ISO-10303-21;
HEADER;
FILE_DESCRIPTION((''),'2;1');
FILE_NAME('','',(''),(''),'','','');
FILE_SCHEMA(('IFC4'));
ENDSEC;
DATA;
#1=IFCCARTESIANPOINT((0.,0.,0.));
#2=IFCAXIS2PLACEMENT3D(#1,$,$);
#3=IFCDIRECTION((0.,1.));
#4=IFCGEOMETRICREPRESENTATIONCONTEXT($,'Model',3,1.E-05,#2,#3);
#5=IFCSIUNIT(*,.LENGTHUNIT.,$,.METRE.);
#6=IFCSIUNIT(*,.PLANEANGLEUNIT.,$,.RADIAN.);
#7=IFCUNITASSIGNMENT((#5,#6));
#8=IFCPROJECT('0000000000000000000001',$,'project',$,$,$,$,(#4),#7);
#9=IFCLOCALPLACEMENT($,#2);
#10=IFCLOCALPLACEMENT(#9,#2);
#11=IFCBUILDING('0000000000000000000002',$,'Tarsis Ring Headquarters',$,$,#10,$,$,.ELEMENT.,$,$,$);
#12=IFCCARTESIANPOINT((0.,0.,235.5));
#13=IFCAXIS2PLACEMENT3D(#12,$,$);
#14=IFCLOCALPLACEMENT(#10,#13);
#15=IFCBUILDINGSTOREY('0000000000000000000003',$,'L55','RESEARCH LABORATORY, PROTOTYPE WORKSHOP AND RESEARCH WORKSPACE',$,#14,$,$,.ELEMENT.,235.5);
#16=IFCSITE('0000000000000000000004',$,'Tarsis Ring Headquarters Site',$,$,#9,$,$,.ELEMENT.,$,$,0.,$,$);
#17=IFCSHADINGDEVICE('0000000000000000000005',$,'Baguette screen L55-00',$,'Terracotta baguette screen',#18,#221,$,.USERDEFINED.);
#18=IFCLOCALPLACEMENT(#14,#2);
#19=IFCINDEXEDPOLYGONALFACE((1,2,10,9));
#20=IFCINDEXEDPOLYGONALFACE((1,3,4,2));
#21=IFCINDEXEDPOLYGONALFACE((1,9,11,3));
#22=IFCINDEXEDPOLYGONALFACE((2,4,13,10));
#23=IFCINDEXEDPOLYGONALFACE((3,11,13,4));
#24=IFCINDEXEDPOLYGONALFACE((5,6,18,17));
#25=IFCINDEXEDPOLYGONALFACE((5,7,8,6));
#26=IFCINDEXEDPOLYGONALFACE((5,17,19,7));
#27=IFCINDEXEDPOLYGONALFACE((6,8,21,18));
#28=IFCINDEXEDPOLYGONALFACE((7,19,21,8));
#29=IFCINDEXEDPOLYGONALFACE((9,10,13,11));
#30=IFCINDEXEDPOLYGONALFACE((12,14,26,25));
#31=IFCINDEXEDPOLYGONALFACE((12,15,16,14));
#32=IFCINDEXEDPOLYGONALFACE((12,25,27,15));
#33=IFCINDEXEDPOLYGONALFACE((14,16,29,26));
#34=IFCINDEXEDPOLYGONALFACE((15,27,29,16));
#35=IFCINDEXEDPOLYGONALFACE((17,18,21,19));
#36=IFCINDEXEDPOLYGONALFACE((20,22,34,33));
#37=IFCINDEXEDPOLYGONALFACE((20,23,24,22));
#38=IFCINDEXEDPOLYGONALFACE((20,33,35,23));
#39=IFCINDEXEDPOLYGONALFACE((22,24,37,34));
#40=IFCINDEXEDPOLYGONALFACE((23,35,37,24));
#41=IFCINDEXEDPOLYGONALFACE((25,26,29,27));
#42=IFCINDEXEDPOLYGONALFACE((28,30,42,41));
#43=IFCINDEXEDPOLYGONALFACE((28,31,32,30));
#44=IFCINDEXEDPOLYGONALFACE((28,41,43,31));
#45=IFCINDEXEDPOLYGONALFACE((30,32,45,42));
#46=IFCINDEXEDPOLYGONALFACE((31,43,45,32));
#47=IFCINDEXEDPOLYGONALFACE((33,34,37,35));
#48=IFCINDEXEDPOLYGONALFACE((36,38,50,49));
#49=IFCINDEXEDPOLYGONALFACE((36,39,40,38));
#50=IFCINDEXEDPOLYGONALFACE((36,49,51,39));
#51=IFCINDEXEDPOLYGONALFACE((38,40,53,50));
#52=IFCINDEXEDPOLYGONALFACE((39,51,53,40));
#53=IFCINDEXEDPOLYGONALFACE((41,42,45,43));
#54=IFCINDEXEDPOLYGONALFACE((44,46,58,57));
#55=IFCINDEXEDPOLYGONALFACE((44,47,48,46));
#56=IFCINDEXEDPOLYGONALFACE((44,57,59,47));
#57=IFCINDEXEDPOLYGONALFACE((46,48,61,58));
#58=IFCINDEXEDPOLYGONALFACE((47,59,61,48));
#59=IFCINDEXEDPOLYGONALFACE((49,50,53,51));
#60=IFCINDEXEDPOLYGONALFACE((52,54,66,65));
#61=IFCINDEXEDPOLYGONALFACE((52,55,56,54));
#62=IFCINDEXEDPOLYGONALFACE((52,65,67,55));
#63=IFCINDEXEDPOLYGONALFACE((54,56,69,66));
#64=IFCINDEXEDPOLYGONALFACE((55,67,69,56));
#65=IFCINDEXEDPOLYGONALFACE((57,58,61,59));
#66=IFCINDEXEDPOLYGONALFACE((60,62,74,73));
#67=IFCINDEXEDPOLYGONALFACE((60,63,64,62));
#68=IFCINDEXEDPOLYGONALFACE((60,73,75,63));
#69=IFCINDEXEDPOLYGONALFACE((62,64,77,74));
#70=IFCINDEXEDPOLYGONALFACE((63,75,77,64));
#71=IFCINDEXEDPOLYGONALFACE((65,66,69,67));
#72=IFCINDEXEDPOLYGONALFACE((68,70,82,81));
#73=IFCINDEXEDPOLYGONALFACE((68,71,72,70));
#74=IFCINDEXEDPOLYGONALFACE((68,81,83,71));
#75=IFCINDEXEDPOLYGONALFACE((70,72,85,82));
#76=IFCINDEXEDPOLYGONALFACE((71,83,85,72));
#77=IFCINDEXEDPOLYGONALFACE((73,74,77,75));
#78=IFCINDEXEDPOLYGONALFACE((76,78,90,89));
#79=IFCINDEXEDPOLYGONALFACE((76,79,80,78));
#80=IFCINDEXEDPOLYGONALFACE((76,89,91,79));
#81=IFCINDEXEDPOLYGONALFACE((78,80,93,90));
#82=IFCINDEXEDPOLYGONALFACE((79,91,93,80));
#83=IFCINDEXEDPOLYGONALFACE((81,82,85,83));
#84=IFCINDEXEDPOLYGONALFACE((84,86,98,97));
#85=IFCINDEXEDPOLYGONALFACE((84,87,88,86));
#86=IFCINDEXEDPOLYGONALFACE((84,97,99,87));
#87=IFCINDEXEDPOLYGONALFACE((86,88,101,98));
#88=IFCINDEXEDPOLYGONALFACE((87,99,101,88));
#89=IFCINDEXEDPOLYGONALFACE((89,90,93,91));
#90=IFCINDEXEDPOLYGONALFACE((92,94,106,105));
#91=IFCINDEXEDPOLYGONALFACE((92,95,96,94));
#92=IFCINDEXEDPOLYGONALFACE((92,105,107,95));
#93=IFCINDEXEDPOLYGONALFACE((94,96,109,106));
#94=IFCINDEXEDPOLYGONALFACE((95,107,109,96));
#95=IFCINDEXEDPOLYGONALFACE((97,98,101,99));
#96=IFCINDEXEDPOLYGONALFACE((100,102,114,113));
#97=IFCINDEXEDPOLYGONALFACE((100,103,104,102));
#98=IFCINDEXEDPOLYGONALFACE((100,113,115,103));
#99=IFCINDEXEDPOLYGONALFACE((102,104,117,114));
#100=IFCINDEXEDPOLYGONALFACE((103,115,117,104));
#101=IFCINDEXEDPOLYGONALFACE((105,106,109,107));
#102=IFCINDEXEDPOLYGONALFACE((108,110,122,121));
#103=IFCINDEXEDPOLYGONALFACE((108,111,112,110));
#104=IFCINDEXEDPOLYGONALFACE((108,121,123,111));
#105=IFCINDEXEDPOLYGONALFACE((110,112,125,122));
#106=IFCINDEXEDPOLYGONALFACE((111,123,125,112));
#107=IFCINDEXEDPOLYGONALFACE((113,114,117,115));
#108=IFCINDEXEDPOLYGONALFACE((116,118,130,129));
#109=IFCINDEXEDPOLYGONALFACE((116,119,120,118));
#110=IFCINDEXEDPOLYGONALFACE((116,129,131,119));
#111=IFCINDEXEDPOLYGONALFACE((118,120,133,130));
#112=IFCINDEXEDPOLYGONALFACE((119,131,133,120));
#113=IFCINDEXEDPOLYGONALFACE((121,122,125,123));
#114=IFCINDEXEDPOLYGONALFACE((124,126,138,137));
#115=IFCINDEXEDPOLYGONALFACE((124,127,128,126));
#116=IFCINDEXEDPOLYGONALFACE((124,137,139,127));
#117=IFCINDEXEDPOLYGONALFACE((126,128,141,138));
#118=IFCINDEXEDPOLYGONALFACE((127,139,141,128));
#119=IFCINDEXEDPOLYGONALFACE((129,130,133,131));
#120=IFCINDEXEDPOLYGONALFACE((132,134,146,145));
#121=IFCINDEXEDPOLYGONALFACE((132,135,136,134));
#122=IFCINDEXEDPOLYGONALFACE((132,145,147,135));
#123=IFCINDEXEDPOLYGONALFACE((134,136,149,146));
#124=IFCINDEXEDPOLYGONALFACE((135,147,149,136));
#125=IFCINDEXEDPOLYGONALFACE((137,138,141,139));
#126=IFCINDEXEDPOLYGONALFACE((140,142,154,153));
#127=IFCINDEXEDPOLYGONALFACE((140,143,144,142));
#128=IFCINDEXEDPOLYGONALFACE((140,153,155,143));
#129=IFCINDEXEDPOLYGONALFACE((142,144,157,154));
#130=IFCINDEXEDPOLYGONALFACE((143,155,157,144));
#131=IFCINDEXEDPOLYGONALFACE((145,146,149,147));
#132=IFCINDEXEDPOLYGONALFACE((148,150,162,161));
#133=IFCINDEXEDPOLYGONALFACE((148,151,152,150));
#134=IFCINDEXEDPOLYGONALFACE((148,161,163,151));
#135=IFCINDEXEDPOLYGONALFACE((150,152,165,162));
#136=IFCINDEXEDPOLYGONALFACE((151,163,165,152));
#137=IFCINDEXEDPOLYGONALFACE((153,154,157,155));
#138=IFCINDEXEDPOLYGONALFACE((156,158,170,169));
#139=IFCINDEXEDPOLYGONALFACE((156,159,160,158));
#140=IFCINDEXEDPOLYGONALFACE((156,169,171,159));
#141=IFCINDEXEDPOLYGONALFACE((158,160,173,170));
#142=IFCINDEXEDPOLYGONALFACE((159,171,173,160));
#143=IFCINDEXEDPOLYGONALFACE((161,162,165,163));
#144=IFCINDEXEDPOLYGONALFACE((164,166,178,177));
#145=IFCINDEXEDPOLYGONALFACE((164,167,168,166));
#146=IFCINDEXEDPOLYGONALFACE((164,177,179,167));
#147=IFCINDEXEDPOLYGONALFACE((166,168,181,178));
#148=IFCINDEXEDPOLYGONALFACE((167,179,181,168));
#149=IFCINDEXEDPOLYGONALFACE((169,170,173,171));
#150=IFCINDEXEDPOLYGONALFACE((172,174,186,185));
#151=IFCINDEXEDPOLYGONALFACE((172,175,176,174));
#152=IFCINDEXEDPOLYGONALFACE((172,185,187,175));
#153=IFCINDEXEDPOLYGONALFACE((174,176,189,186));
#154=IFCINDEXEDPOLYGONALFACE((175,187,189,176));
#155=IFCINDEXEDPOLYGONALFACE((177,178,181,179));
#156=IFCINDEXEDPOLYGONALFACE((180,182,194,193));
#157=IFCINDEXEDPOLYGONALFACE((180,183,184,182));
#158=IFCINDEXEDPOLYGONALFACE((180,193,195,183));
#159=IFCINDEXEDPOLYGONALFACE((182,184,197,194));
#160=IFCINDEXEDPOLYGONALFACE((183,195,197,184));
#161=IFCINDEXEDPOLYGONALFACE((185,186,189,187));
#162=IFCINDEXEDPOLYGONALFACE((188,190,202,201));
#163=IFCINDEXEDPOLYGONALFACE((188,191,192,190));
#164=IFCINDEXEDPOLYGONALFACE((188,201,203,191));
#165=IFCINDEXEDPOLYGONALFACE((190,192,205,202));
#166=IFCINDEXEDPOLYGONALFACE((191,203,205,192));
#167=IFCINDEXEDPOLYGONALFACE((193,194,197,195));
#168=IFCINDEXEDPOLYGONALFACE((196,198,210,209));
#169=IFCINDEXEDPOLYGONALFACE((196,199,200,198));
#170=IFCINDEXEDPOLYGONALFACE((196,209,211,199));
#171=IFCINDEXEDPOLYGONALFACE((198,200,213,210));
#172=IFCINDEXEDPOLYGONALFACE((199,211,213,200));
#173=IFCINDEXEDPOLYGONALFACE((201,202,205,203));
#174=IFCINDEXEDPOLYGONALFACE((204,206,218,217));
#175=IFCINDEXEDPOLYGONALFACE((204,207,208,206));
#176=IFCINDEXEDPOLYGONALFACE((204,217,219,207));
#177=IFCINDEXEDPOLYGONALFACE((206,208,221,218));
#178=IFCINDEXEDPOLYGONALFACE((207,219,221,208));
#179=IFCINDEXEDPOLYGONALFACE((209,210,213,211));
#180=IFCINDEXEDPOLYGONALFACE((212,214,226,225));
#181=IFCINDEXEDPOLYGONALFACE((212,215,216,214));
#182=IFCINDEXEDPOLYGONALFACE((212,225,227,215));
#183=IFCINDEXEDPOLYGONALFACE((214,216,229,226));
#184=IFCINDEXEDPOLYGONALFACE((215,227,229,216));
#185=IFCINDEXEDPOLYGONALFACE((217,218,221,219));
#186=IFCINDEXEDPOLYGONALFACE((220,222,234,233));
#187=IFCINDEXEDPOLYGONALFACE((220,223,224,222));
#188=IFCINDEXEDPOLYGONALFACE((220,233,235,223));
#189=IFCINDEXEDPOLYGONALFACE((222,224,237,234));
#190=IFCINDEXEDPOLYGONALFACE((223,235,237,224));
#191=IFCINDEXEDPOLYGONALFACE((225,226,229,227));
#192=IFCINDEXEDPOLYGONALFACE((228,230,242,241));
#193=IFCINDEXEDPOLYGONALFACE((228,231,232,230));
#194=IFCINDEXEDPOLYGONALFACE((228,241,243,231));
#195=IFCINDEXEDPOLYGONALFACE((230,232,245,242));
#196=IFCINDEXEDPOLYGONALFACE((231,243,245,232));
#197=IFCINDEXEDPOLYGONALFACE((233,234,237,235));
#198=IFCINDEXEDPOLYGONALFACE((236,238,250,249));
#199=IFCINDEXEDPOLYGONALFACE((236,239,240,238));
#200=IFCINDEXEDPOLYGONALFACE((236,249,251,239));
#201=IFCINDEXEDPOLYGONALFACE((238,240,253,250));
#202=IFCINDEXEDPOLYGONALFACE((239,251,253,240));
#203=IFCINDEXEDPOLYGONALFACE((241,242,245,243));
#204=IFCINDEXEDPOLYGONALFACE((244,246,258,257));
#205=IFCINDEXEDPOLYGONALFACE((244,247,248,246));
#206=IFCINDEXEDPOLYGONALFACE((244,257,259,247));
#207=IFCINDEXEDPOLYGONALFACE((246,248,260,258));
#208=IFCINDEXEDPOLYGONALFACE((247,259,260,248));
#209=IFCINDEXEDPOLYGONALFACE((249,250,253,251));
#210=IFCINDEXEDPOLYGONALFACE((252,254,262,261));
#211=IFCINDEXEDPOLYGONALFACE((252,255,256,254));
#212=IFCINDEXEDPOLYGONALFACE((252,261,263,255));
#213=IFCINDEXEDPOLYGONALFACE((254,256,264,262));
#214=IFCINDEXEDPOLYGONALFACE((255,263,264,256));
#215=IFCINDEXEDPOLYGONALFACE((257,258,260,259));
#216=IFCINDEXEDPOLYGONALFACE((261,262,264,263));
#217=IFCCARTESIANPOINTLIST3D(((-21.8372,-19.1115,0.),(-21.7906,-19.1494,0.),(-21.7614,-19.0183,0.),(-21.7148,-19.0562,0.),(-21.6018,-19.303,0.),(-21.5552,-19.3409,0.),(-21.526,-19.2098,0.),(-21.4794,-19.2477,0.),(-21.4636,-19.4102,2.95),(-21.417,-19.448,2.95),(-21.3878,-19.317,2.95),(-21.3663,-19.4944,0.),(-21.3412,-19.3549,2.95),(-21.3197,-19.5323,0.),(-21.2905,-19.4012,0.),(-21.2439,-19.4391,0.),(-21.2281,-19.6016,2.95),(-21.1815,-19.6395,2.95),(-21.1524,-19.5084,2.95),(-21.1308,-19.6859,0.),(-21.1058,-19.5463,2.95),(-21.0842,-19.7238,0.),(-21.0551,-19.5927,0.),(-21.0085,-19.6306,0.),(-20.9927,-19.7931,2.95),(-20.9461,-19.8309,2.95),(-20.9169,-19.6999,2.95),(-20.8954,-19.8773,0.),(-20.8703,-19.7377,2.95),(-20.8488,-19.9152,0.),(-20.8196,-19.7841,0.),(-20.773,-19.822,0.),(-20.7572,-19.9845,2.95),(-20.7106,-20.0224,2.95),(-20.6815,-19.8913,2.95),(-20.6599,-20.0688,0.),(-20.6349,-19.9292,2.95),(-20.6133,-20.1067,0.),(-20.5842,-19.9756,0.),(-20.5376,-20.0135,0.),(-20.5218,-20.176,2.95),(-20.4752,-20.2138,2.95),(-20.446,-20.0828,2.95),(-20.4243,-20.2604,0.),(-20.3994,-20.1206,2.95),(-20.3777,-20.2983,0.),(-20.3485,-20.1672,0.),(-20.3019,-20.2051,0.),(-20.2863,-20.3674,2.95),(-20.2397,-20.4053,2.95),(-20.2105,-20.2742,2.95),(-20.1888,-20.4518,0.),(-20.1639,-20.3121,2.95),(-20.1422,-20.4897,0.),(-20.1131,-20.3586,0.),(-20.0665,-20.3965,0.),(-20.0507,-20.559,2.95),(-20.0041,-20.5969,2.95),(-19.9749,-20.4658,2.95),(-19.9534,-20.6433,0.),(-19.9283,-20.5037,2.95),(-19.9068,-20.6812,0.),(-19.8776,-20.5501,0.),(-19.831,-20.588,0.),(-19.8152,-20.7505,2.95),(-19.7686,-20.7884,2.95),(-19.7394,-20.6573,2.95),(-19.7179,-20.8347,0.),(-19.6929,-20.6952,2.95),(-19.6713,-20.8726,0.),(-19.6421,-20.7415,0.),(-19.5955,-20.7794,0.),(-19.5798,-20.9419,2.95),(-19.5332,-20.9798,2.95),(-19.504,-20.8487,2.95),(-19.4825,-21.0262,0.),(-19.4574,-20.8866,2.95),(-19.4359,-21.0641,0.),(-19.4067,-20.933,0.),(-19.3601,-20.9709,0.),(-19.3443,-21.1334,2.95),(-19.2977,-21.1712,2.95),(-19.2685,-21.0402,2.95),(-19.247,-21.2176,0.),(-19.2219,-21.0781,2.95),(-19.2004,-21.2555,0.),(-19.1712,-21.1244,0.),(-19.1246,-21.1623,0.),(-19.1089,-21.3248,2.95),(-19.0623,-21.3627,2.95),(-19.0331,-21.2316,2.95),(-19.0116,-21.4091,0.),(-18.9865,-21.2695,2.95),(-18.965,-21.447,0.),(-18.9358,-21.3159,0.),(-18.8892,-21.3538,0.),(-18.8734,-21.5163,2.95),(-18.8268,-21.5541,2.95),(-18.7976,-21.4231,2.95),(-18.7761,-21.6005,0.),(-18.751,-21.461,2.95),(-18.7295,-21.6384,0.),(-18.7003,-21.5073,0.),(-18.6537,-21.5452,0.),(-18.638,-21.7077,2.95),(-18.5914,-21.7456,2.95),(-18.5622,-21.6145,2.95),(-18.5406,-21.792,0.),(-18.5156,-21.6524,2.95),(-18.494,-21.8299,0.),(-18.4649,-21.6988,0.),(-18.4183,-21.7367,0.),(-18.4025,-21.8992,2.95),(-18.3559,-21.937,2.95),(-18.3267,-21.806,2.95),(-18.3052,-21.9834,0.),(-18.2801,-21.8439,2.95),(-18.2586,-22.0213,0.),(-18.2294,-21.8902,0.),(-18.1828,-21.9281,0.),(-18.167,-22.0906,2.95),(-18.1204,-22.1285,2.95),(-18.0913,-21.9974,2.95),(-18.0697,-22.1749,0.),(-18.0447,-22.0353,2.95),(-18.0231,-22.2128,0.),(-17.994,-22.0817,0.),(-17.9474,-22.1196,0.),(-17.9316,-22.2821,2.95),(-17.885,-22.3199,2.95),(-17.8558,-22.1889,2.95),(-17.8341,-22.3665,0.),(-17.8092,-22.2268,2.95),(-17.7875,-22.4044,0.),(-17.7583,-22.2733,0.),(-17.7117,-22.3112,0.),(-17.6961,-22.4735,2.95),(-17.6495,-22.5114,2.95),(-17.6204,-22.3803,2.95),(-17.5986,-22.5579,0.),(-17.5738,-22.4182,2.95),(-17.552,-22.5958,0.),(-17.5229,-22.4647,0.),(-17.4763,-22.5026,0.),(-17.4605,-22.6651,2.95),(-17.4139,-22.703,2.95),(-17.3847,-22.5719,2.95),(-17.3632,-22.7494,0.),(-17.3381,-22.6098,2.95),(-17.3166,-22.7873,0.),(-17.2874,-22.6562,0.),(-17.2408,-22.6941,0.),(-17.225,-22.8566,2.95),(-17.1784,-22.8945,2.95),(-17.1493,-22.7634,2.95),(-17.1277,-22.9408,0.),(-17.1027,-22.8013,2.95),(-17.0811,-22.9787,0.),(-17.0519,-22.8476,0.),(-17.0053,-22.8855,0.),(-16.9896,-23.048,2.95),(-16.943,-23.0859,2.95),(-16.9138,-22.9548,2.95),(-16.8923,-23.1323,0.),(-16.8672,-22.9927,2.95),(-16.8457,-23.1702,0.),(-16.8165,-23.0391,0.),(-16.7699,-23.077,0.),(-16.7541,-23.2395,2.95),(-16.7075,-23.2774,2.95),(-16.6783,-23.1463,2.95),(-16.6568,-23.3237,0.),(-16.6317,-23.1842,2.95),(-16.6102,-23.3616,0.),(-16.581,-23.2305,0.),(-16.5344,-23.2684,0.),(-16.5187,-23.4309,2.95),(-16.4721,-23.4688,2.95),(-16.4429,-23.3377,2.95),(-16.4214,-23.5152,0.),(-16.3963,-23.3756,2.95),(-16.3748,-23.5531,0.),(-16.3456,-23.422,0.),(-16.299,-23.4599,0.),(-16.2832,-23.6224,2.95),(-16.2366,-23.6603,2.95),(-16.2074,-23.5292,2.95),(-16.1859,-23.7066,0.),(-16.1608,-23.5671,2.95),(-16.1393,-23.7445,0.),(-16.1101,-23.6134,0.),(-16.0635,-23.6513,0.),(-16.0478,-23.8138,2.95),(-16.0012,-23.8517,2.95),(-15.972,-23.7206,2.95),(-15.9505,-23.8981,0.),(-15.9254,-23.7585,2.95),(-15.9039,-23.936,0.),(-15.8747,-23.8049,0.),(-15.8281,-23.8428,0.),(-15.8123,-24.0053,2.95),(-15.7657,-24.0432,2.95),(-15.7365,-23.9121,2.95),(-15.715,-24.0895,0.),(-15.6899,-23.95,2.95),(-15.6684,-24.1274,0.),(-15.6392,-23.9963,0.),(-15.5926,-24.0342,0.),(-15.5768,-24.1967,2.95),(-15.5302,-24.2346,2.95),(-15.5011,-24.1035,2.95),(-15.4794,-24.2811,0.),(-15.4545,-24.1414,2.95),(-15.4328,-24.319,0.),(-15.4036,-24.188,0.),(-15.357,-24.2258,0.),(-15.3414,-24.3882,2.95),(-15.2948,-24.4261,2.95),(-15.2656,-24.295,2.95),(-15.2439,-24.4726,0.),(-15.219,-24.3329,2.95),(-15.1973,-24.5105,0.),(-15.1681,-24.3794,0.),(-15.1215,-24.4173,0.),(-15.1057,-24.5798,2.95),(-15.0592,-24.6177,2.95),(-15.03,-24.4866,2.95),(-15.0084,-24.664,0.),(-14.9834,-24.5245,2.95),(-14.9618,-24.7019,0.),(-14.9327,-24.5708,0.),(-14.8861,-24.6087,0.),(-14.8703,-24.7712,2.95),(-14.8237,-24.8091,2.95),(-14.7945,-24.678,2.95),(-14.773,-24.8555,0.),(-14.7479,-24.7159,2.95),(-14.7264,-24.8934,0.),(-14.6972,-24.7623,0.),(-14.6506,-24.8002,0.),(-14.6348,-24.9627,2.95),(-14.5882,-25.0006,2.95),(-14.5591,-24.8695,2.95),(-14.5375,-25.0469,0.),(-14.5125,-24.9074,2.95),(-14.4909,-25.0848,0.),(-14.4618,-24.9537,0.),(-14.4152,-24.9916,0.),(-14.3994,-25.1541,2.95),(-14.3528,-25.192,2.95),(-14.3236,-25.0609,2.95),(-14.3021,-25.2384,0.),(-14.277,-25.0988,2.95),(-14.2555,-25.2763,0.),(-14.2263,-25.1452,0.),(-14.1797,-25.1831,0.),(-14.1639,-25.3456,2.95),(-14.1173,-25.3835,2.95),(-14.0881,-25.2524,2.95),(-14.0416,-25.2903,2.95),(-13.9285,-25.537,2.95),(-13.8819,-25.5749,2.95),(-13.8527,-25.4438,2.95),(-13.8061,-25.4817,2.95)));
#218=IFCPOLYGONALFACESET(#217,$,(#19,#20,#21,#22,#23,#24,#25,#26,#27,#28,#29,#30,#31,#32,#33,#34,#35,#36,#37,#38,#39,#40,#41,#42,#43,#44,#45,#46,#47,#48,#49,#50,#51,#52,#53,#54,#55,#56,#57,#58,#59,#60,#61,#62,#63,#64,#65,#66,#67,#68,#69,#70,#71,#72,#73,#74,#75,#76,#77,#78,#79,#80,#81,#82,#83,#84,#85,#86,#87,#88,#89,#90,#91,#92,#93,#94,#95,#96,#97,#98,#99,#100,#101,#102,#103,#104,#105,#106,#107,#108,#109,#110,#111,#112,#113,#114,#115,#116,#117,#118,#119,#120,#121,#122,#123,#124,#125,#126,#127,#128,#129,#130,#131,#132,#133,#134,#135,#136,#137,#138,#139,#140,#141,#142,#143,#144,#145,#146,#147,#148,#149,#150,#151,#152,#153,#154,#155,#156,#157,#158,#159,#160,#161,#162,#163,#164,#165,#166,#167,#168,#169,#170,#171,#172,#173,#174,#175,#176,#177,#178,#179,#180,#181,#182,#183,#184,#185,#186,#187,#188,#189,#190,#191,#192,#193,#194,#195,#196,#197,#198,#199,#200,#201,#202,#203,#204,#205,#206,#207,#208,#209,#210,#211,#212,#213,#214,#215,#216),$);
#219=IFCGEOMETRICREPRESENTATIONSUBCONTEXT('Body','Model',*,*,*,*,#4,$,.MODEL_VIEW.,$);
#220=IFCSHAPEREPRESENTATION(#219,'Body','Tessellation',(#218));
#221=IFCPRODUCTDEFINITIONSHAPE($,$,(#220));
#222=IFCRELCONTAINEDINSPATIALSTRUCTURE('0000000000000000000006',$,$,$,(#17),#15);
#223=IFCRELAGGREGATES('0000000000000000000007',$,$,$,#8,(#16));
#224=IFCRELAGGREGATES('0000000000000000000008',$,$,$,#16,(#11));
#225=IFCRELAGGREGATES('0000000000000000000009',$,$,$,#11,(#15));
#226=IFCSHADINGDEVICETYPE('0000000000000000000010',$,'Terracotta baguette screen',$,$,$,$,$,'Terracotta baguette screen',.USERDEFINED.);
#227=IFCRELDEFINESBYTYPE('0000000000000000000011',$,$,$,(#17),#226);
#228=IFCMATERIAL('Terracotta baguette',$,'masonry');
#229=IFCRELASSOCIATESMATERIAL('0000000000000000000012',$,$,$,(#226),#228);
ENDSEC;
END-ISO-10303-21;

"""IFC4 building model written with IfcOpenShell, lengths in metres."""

from ifc_helpers import new_model, si_unit, direction, frame, frame_2d, origin, place, context, subcontext, project, spatial, rectangle, composite_profile, extrude, material, type_object, element, save


model = new_model("IFC4")

# Units and contexts
model_context = context("Model", 3, precision=1e-05, world=origin(), true_north=direction((0.0, 1.0)))
body_context = subcontext(model_context, "Body", "Model", "MODEL_VIEW")
ifc_project = project(units=[si_unit("LENGTHUNIT", "METRE"), si_unit("PLANEANGLEUNIT", "RADIAN")], contexts=[model_context])

# Site, building, storey
site_placement = place(None, origin())
site = spatial("IfcSite", under=ifc_project, at=site_placement, Name="Tarsis Ring Headquarters Site", CompositionType="ELEMENT", RefElevation=0.0)
building_placement = place(site_placement, origin())
building = spatial("IfcBuilding", under=site, at=building_placement, Name="Tarsis Ring Headquarters", CompositionType="ELEMENT")
storey_placement = place(building_placement, frame((0.0, 0.0, 235.5)))
storey = spatial("IfcBuildingStorey", under=building, at=storey_placement, Name="L55", Description="RESEARCH LABORATORY, PROTOTYPE WORKSHOP AND RESEARCH WORKSPACE", CompositionType="ELEMENT", Elevation=235.5)

# Shading device
ifc_material_1 = material(Name="Terracotta baguette", Category="masonry")
shading_device_type = type_object("IfcShadingDeviceType", Name="Terracotta baguette screen", ElementType="Terracotta baguette screen", PredefinedType="USERDEFINED", material=ifc_material_1)
shading_device_placement = place(storey_placement, frame((-21.7993, -19.0649, 0.0), z_axis=(0.0, 0.0, 1.0), x_axis=(0.77589, -0.630881, 0.0)))
element("IfcShadingDevice", 1, at=shading_device_placement, inside=storey, type_object=shading_device_type, Name="Baguette screen L55-00", ObjectType="Terracotta baguette screen", PredefinedType="USERDEFINED", context=body_context, shape_type="SweptSolid", body=[
    extrude(composite_profile([rectangle(XDim=0.0601, YDim=0.1201, at=frame_2d((0.03, 0.0))), rectangle(XDim=0.0601, YDim=0.1201, at=frame_2d((0.3335, 0.0))), rectangle(XDim=0.0601, YDim=0.1201, at=frame_2d((0.637, 0.0))), rectangle(XDim=0.0601, YDim=0.1201, at=frame_2d((0.9404, 0.0))), rectangle(XDim=0.0601, YDim=0.1201, at=frame_2d((1.2439, 0.0))), rectangle(XDim=0.0601, YDim=0.1201, at=frame_2d((1.5474, 0.0))), rectangle(XDim=0.0601, YDim=0.1201, at=frame_2d((1.8511, 0.0))), rectangle(XDim=0.0601, YDim=0.1201, at=frame_2d((2.1545, 0.0))), rectangle(XDim=0.0601, YDim=0.1201, at=frame_2d((2.458, 0.0))), rectangle(XDim=0.0601, YDim=0.1201, at=frame_2d((2.7615, 0.0))), rectangle(XDim=0.0601, YDim=0.1201, at=frame_2d((3.0649, 0.0))), rectangle(XDim=0.0601, YDim=0.1201, at=frame_2d((3.3684, 0.0))), rectangle(XDim=0.0601, YDim=0.1201, at=frame_2d((3.6719, 0.0))), rectangle(XDim=0.0601, YDim=0.1201, at=frame_2d((3.9753, 0.0))), rectangle(XDim=0.0601, YDim=0.1201, at=frame_2d((4.2788, 0.0))), rectangle(XDim=0.0601, YDim=0.1201, at=frame_2d((4.5823, 0.0))), rectangle(XDim=0.0601, YDim=0.1201, at=frame_2d((4.8857, 0.0))), rectangle(XDim=0.0601, YDim=0.1201, at=frame_2d((5.1895, 0.0))), rectangle(XDim=0.0601, YDim=0.1201, at=frame_2d((5.4929, 0.0))), rectangle(XDim=0.0601, YDim=0.1201, at=frame_2d((5.7964, 0.0))), rectangle(XDim=0.0601, YDim=0.1201, at=frame_2d((6.0999, 0.0))), rectangle(XDim=0.0601, YDim=0.1201, at=frame_2d((6.4033, 0.0))), rectangle(XDim=0.0601, YDim=0.1201, at=frame_2d((6.7068, 0.0))), rectangle(XDim=0.0601, YDim=0.1201, at=frame_2d((7.0103, 0.0))), rectangle(XDim=0.0601, YDim=0.1201, at=frame_2d((7.3137, 0.0))), rectangle(XDim=0.0601, YDim=0.1201, at=frame_2d((7.6172, 0.0))), rectangle(XDim=0.0601, YDim=0.1201, at=frame_2d((7.9207, 0.0))), rectangle(XDim=0.0601, YDim=0.1201, at=frame_2d((8.2244, 0.0))), rectangle(XDim=0.0601, YDim=0.1201, at=frame_2d((8.5278, 0.0))), rectangle(XDim=0.0601, YDim=0.1201, at=frame_2d((8.8313, 0.0))), rectangle(XDim=0.0601, YDim=0.1201, at=frame_2d((9.1348, 0.0))), rectangle(XDim=0.0601, YDim=0.1201, at=frame_2d((9.4382, 0.0))), rectangle(XDim=0.0601, YDim=0.1201, at=frame_2d((9.7417, 0.0)))]), origin(), (0.160033, 0.00134, 0.987111), 2.9885),
])

save(model, "model.ifc")
